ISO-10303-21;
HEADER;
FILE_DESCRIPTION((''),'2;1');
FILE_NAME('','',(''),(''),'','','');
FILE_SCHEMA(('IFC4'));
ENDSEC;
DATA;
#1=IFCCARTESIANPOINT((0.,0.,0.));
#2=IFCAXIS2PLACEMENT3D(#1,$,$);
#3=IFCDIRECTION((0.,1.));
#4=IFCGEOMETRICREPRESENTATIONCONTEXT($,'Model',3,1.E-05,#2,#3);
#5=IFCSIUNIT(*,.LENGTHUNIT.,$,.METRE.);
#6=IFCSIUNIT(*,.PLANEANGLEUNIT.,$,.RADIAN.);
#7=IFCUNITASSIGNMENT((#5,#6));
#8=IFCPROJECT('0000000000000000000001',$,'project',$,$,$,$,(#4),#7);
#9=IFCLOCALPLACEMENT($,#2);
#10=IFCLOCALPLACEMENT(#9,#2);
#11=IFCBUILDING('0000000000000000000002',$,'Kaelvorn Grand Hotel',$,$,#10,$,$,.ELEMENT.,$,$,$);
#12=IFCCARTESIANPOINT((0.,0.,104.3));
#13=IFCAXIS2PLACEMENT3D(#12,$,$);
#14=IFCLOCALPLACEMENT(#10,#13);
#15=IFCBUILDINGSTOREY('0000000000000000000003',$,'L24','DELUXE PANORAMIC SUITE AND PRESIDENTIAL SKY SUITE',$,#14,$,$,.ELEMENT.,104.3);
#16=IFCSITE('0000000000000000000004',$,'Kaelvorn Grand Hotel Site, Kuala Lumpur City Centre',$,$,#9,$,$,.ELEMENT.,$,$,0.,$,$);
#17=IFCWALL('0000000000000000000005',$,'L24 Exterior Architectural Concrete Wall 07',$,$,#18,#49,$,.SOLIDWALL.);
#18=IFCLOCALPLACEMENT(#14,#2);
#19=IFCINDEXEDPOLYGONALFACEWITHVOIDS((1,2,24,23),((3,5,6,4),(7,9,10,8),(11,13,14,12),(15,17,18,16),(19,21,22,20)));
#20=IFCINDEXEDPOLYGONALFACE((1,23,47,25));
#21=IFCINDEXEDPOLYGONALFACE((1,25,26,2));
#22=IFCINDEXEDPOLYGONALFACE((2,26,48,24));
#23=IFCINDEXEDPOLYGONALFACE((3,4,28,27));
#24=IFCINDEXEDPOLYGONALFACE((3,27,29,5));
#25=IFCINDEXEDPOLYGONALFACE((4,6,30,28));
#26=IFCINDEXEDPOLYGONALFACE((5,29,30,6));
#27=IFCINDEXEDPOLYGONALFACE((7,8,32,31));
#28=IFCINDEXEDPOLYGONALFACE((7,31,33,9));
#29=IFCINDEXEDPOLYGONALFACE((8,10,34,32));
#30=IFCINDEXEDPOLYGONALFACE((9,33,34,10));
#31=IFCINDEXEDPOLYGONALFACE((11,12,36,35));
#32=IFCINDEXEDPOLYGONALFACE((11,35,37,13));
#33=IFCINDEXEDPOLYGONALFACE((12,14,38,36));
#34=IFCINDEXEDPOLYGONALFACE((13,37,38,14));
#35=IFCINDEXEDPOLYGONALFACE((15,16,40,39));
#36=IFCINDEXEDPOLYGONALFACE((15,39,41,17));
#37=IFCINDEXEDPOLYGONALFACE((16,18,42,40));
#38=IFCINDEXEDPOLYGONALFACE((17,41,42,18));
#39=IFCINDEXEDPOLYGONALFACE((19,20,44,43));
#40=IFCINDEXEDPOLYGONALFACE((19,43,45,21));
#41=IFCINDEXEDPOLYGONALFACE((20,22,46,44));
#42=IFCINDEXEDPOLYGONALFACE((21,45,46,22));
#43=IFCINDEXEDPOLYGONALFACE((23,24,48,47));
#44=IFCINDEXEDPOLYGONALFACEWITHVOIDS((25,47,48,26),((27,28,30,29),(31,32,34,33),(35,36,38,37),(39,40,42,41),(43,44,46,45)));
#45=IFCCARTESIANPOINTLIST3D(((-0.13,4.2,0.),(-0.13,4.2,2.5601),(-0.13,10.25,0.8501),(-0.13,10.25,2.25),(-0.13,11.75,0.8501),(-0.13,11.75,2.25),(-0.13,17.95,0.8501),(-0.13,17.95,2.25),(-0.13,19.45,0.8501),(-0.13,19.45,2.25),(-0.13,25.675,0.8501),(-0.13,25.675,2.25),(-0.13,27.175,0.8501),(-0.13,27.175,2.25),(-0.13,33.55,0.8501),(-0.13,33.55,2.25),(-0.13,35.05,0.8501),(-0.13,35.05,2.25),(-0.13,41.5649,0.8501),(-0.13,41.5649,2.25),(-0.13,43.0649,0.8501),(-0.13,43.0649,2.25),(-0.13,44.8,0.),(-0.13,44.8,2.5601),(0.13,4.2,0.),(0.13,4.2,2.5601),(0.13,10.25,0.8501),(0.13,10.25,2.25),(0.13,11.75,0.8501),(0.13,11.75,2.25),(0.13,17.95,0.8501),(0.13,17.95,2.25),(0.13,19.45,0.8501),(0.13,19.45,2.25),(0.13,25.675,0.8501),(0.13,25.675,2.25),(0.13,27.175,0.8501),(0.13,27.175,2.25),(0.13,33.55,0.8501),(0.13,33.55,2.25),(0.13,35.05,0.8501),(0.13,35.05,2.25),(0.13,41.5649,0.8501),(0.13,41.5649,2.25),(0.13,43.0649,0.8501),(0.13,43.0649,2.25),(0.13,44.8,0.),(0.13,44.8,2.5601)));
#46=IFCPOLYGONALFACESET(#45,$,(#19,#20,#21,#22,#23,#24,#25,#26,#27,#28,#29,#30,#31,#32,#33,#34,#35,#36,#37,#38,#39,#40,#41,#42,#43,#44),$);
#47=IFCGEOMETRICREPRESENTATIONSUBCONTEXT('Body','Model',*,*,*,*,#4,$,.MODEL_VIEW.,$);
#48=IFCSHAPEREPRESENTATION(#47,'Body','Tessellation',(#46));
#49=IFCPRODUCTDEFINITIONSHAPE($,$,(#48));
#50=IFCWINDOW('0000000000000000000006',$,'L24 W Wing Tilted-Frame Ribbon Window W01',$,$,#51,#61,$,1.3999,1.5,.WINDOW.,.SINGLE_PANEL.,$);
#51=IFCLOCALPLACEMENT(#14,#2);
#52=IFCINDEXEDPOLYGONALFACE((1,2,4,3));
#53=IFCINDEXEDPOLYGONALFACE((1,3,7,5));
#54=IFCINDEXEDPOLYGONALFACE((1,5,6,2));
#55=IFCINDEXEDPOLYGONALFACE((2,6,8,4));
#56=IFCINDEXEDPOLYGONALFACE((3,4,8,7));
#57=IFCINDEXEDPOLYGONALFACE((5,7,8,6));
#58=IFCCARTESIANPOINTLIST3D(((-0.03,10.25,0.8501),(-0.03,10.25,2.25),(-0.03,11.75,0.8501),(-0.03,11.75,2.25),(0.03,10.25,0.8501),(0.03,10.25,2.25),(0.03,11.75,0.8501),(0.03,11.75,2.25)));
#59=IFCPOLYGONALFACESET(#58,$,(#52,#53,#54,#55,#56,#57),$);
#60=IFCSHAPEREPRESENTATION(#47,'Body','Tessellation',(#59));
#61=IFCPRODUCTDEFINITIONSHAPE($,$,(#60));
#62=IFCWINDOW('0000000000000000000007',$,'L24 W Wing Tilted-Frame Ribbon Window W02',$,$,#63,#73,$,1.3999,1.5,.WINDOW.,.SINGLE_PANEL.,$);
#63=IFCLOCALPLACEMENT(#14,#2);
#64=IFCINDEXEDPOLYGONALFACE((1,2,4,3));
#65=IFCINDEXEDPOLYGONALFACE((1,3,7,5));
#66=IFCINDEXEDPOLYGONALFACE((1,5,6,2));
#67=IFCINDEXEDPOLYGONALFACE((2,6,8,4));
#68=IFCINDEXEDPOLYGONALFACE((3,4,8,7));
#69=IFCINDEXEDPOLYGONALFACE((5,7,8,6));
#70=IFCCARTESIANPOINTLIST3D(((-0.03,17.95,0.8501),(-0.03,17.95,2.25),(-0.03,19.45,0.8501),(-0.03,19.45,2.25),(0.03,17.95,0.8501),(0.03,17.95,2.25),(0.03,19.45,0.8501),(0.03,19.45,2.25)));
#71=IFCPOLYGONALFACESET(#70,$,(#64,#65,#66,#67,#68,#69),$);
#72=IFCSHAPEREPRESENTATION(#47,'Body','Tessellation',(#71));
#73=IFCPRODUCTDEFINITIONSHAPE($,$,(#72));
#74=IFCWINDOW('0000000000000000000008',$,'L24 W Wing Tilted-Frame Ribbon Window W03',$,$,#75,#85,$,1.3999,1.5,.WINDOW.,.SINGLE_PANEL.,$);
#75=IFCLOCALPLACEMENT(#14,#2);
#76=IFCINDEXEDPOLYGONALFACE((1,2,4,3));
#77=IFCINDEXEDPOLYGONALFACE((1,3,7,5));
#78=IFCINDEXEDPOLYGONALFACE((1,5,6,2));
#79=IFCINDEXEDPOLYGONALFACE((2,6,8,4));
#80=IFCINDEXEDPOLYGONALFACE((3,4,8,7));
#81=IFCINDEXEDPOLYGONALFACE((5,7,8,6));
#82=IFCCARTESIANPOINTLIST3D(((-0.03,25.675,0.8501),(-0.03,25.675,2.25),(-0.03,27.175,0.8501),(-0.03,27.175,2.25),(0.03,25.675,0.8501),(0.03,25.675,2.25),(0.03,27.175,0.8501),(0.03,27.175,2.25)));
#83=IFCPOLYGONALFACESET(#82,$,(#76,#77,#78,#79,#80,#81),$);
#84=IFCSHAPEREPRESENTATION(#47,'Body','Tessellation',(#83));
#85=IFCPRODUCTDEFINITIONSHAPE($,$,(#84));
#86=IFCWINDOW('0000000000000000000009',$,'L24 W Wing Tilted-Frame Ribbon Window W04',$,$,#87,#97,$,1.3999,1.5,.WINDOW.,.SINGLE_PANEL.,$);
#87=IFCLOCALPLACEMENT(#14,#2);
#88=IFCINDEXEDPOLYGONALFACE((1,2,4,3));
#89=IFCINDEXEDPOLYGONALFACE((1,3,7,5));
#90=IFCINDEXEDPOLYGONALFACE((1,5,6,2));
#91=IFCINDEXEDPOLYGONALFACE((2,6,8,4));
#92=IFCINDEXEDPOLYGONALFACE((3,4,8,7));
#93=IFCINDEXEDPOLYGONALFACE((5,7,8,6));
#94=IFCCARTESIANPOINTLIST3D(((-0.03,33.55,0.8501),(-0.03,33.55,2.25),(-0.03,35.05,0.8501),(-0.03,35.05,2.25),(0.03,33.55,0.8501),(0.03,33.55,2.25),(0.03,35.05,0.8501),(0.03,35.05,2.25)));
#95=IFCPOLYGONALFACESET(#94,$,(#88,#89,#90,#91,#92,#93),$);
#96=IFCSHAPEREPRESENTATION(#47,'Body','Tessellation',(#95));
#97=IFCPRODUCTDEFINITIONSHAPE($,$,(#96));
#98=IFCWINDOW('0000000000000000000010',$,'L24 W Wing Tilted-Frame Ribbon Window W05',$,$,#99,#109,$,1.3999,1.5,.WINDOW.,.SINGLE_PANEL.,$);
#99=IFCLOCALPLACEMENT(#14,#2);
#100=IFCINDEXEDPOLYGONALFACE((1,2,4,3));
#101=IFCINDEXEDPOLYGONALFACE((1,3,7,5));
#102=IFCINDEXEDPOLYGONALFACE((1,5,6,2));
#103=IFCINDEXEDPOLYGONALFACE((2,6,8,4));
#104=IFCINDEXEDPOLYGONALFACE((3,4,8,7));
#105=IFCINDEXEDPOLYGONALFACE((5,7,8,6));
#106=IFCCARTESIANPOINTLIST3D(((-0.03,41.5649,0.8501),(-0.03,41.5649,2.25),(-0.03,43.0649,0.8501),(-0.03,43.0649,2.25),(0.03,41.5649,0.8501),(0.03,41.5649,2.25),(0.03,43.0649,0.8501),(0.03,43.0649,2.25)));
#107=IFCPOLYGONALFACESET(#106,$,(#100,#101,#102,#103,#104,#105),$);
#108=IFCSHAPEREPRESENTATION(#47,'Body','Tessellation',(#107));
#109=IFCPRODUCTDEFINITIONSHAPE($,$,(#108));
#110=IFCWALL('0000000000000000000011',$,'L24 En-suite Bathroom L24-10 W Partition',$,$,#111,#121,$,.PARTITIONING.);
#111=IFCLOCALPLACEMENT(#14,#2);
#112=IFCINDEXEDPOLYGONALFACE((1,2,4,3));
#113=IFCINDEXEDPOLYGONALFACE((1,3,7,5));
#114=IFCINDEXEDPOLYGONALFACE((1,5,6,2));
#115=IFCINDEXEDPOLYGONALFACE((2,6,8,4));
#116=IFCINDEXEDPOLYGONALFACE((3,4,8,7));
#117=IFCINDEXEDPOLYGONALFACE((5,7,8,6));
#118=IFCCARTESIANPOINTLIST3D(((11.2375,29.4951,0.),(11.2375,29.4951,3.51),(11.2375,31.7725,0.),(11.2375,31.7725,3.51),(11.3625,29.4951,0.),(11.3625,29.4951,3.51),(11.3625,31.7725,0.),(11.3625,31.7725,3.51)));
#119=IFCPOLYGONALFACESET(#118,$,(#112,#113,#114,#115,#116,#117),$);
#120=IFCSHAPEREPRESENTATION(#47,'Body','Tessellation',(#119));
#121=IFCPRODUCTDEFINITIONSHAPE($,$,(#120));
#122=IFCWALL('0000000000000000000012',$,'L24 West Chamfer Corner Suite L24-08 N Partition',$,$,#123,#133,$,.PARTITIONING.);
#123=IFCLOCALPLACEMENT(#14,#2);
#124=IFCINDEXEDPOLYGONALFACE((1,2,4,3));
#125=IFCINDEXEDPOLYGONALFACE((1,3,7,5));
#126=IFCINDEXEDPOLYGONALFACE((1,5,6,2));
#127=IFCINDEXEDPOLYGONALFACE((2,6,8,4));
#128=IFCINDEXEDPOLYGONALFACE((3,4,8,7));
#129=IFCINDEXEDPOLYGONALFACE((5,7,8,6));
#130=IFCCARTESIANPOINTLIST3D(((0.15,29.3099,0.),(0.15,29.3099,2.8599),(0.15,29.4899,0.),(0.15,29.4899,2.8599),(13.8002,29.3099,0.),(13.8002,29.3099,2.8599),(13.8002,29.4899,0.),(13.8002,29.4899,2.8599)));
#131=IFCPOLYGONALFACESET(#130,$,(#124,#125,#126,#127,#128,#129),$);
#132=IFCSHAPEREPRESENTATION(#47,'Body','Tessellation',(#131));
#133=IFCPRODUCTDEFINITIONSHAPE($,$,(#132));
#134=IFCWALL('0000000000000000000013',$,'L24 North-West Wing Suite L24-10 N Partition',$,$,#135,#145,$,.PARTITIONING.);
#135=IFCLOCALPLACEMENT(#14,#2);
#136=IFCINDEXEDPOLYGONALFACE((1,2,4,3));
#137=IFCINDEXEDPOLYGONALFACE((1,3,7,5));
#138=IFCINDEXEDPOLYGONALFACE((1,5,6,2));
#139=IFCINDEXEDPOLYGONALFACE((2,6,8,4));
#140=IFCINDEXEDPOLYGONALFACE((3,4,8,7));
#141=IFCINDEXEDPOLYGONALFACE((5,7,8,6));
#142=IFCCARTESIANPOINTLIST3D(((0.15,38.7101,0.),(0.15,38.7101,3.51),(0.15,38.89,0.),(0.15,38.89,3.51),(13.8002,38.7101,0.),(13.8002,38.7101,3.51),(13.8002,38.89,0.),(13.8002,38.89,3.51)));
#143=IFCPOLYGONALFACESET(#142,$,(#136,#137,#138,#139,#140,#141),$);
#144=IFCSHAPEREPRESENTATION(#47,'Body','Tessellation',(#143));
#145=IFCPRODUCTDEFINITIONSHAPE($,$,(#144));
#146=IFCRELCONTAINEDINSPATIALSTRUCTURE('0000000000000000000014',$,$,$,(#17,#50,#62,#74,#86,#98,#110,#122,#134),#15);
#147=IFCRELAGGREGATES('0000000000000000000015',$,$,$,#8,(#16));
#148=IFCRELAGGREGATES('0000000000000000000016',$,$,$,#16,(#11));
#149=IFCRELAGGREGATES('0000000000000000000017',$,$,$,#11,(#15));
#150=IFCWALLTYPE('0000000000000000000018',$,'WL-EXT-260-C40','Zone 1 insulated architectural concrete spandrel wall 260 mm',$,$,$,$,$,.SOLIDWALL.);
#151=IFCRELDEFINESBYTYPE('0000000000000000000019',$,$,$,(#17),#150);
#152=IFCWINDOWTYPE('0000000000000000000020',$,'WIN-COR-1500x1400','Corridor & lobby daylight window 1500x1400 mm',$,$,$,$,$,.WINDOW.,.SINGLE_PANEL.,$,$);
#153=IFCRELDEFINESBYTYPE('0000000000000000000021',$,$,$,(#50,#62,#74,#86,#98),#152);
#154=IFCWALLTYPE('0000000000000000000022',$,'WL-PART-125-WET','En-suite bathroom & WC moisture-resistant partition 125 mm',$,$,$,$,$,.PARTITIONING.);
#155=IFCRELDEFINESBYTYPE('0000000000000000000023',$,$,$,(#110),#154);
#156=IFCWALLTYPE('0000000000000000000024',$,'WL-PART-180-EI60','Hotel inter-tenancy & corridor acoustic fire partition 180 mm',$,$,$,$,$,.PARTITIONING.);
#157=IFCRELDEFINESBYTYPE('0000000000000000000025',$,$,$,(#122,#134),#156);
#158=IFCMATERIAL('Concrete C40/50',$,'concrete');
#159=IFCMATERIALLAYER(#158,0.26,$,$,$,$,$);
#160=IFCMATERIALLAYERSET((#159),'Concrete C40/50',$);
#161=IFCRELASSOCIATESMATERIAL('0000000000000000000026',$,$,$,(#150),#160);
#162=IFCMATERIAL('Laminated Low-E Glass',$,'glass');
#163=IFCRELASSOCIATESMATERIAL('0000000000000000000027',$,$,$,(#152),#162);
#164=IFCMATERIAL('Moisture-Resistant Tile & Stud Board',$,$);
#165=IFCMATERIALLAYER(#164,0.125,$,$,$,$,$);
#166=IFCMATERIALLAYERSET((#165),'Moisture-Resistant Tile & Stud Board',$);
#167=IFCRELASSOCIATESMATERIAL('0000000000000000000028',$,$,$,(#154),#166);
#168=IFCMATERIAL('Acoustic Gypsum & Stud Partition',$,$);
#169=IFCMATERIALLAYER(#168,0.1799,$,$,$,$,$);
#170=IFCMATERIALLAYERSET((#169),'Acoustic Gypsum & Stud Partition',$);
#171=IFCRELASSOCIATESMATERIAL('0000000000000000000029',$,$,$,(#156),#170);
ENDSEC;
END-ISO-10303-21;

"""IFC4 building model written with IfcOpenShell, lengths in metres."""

from ifc_helpers import new_model, si_unit, direction, frame, frame_2d, origin, place, context, subcontext, project, spatial, rectangle, extrude, material, layer, layer_set, type_object, element, fill, save


model = new_model("IFC4")

# Units and contexts
model_context = context("Model", 3, precision=1e-05, world=origin(), true_north=direction((0.0, 1.0)))
body_context = subcontext(model_context, "Body", "Model", "MODEL_VIEW")
ifc_project = project(units=[si_unit("LENGTHUNIT", "METRE"), si_unit("PLANEANGLEUNIT", "RADIAN")], contexts=[model_context])

# Site, building, storey
site_placement = place(None, origin())
site = spatial("IfcSite", under=ifc_project, at=site_placement, Name="Kaelvorn Grand Hotel Site, Kuala Lumpur City Centre", CompositionType="ELEMENT", RefElevation=0.0)
building_placement = place(site_placement, origin())
building = spatial("IfcBuilding", under=site, at=building_placement, Name="Kaelvorn Grand Hotel", CompositionType="ELEMENT")
storey_placement = place(building_placement, frame((0.0, 0.0, 104.3)))
storey = spatial("IfcBuildingStorey", under=building, at=storey_placement, Name="L24", Description="DELUXE PANORAMIC SUITE AND PRESIDENTIAL SKY SUITE", CompositionType="ELEMENT", Elevation=104.3)

# Shared definitions
ifc_material_1 = material(Name="Concrete C40/50", Category="concrete")
ifc_layer_1 = layer(ifc_material_1, 0.26)
ifc_layer_set_1 = layer_set([ifc_layer_1], Name="Concrete C40/50")
wall_type_1 = type_object("IfcWallType", Name="WL-EXT-260-C40", Description="Zone 1 insulated architectural concrete spandrel wall 260 mm", PredefinedType="SOLIDWALL", material=ifc_layer_set_1)

# Wall, openings, windows
wall_1_placement = place(storey_placement, frame((0.0, 44.8, 0.0), z_axis=(0.0, 0.0, 1.0), x_axis=(0.0, -1.0, 0.0)))
wall_1 = element("IfcWall", 1, at=wall_1_placement, inside=storey, type_object=wall_type_1, Name="L24 Exterior Architectural Concrete Wall 07", PredefinedType="SOLIDWALL", context=body_context, shape_type="SweptSolid", body=[
    extrude(rectangle(XDim=40.6001, YDim=0.26, at=frame_2d((20.3, 0.0))), origin(), (0.0, 0.0, 1.0), 2.5601),
])
opening_1_placement = place(wall_1_placement, frame((33.05, 0.0, 0.8501)))
opening_1 = element("IfcOpeningElement", 2, at=opening_1_placement, cuts=wall_1, PredefinedType="OPENING", context=body_context, shape_type="SweptSolid", body=[
    extrude(rectangle(XDim=1.5, YDim=1.3999, at=frame_2d((0.75, 0.7))), frame((0.0, 0.1401, 0.0), z_axis=(0.0, -1.0, 0.0), x_axis=(1.0, 0.0, 0.0)), (0.0, 0.0, 1.0), 0.28),
])
opening_2_placement = place(wall_1_placement, frame((25.3501, 0.0, 0.8501)))
opening_2 = element("IfcOpeningElement", 3, at=opening_2_placement, cuts=wall_1, PredefinedType="OPENING", context=body_context, shape_type="SweptSolid", body=[
    extrude(rectangle(XDim=1.5, YDim=1.3999, at=frame_2d((0.75, 0.7))), frame((0.0, 0.1401, 0.0), z_axis=(0.0, -1.0, 0.0), x_axis=(1.0, 0.0, 0.0)), (0.0, 0.0, 1.0), 0.28),
])
opening_3_placement = place(wall_1_placement, frame((17.625, 0.0, 0.8501)))
opening_3 = element("IfcOpeningElement", 4, at=opening_3_placement, cuts=wall_1, PredefinedType="OPENING", context=body_context, shape_type="SweptSolid", body=[
    extrude(rectangle(XDim=1.5, YDim=1.3999, at=frame_2d((0.75, 0.7))), frame((0.0, 0.1401, 0.0), z_axis=(0.0, -1.0, 0.0), x_axis=(1.0, 0.0, 0.0)), (0.0, 0.0, 1.0), 0.28),
])
opening_4_placement = place(wall_1_placement, frame((9.75, 0.0, 0.8501)))
opening_4 = element("IfcOpeningElement", 5, at=opening_4_placement, cuts=wall_1, PredefinedType="OPENING", context=body_context, shape_type="SweptSolid", body=[
    extrude(rectangle(XDim=1.5, YDim=1.3999, at=frame_2d((0.75, 0.7))), frame((0.0, 0.1401, 0.0), z_axis=(0.0, -1.0, 0.0), x_axis=(1.0, 0.0, 0.0)), (0.0, 0.0, 1.0), 0.28),
])
opening_5_placement = place(wall_1_placement, frame((1.7351, 0.0, 0.8501)))
opening_5 = element("IfcOpeningElement", 6, at=opening_5_placement, cuts=wall_1, PredefinedType="OPENING", context=body_context, shape_type="SweptSolid", body=[
    extrude(rectangle(XDim=1.5, YDim=1.3999, at=frame_2d((0.75, 0.7))), frame((0.0, 0.1401, 0.0), z_axis=(0.0, -1.0, 0.0), x_axis=(1.0, 0.0, 0.0)), (0.0, 0.0, 1.0), 0.28),
])
ifc_material_2 = material(Name="Laminated Low-E Glass", Category="glass")
window_type = type_object("IfcWindowType", Name="WIN-COR-1500x1400", Description="Corridor & lobby daylight window 1500x1400 mm", PartitioningType="SINGLE_PANEL", PredefinedType="WINDOW", material=ifc_material_2)
window_1_placement = place(opening_1_placement, origin())
window_1 = element("IfcWindow", 7, at=window_1_placement, inside=storey, type_object=window_type, Name="L24 W Wing Tilted-Frame Ribbon Window W01", OverallHeight=1.3999, OverallWidth=1.5, PartitioningType="SINGLE_PANEL", PredefinedType="WINDOW", context=body_context, shape_type="SweptSolid", body=[
    extrude(rectangle(XDim=1.5, YDim=1.3999, at=frame_2d((0.75, 0.7))), frame((0.0, 0.03, 0.0), z_axis=(0.0, -1.0, 0.0), x_axis=(1.0, 0.0, 0.0)), (0.0, 0.0, 1.0), 0.0601),
])
fill(opening_1, window_1)
window_2_placement = place(opening_2_placement, origin())
window_2 = element("IfcWindow", 8, at=window_2_placement, inside=storey, type_object=window_type, Name="L24 W Wing Tilted-Frame Ribbon Window W02", OverallHeight=1.3999, OverallWidth=1.5, PartitioningType="SINGLE_PANEL", PredefinedType="WINDOW", context=body_context, shape_type="SweptSolid", body=[
    extrude(rectangle(XDim=1.5, YDim=1.3999, at=frame_2d((0.75, 0.7))), frame((0.0, 0.03, 0.0), z_axis=(0.0, -1.0, 0.0), x_axis=(1.0, 0.0, 0.0)), (0.0, 0.0, 1.0), 0.0601),
])
fill(opening_2, window_2)
window_3_placement = place(opening_3_placement, origin())
window_3 = element("IfcWindow", 9, at=window_3_placement, inside=storey, type_object=window_type, Name="L24 W Wing Tilted-Frame Ribbon Window W03", OverallHeight=1.3999, OverallWidth=1.5, PartitioningType="SINGLE_PANEL", PredefinedType="WINDOW", context=body_context, shape_type="SweptSolid", body=[
    extrude(rectangle(XDim=1.5, YDim=1.3999, at=frame_2d((0.75, 0.7))), frame((0.0, 0.03, 0.0), z_axis=(0.0, -1.0, 0.0), x_axis=(1.0, 0.0, 0.0)), (0.0, 0.0, 1.0), 0.0601),
])
fill(opening_3, window_3)
window_4_placement = place(opening_4_placement, origin())
window_4 = element("IfcWindow", 10, at=window_4_placement, inside=storey, type_object=window_type, Name="L24 W Wing Tilted-Frame Ribbon Window W04", OverallHeight=1.3999, OverallWidth=1.5, PartitioningType="SINGLE_PANEL", PredefinedType="WINDOW", context=body_context, shape_type="SweptSolid", body=[
    extrude(rectangle(XDim=1.5, YDim=1.3999, at=frame_2d((0.75, 0.7))), frame((0.0, 0.03, 0.0), z_axis=(0.0, -1.0, 0.0), x_axis=(1.0, 0.0, 0.0)), (0.0, 0.0, 1.0), 0.0601),
])
fill(opening_4, window_4)
window_5_placement = place(opening_5_placement, origin())
window_5 = element("IfcWindow", 11, at=window_5_placement, inside=storey, type_object=window_type, Name="L24 W Wing Tilted-Frame Ribbon Window W05", OverallHeight=1.3999, OverallWidth=1.5, PartitioningType="SINGLE_PANEL", PredefinedType="WINDOW", context=body_context, shape_type="SweptSolid", body=[
    extrude(rectangle(XDim=1.5, YDim=1.3999, at=frame_2d((0.75, 0.7))), frame((0.0, 0.03, 0.0), z_axis=(0.0, -1.0, 0.0), x_axis=(1.0, 0.0, 0.0)), (0.0, 0.0, 1.0), 0.0601),
])
fill(opening_5, window_5)

# Walls
ifc_material_3 = material(Name="Moisture-Resistant Tile & Stud Board")
ifc_layer_2 = layer(ifc_material_3, 0.125)
ifc_layer_set_2 = layer_set([ifc_layer_2], Name="Moisture-Resistant Tile & Stud Board")
wall_type_2 = type_object("IfcWallType", Name="WL-PART-125-WET", Description="En-suite bathroom & WC moisture-resistant partition 125 mm", PredefinedType="PARTITIONING", material=ifc_layer_set_2)
wall_2_placement = place(storey_placement, frame((11.3, 29.4951, 0.0), z_axis=(0.0, 0.0, 1.0), x_axis=(0.0, 1.0, 0.0)))
element("IfcWall", 12, at=wall_2_placement, inside=storey, type_object=wall_type_2, Name="L24 En-suite Bathroom L24-10 W Partition", PredefinedType="PARTITIONING", context=body_context, shape_type="SweptSolid", body=[
    extrude(rectangle(XDim=2.2773, YDim=0.125, at=frame_2d((1.1387, 0.0))), origin(), (0.0, 0.0, 1.0), 3.51),
])
ifc_material_4 = material(Name="Acoustic Gypsum & Stud Partition")
ifc_layer_3 = layer(ifc_material_4, 0.1799)
ifc_layer_set_3 = layer_set([ifc_layer_3], Name="Acoustic Gypsum & Stud Partition")
wall_type_3 = type_object("IfcWallType", Name="WL-PART-180-EI60", Description="Hotel inter-tenancy & corridor acoustic fire partition 180 mm", PredefinedType="PARTITIONING", material=ifc_layer_set_3)
wall_3_placement = place(storey_placement, frame((0.1499, 29.3999, 0.0), z_axis=(0.0, 0.0, 1.0), x_axis=(1.0, 0.0, 0.0)))
element("IfcWall", 13, at=wall_3_placement, inside=storey, type_object=wall_type_3, Name="L24 West Chamfer Corner Suite L24-08 N Partition", PredefinedType="PARTITIONING", context=body_context, shape_type="SweptSolid", body=[
    extrude(rectangle(XDim=13.6501, YDim=0.1799, at=frame_2d((6.8252, 0.0))), origin(), (0.0, 0.0, 1.0), 2.8599),
])
wall_4_placement = place(storey_placement, frame((0.1499, 38.8, 0.0), z_axis=(0.0, 0.0, 1.0), x_axis=(1.0, 0.0, 0.0)))
element("IfcWall", 14, at=wall_4_placement, inside=storey, type_object=wall_type_3, Name="L24 North-West Wing Suite L24-10 N Partition", PredefinedType="PARTITIONING", context=body_context, shape_type="SweptSolid", body=[
    extrude(rectangle(XDim=13.6501, YDim=0.1799, at=frame_2d((6.8252, 0.0))), origin(), (0.0, 0.0, 1.0), 3.51),
])

save(model, "model.ifc")
